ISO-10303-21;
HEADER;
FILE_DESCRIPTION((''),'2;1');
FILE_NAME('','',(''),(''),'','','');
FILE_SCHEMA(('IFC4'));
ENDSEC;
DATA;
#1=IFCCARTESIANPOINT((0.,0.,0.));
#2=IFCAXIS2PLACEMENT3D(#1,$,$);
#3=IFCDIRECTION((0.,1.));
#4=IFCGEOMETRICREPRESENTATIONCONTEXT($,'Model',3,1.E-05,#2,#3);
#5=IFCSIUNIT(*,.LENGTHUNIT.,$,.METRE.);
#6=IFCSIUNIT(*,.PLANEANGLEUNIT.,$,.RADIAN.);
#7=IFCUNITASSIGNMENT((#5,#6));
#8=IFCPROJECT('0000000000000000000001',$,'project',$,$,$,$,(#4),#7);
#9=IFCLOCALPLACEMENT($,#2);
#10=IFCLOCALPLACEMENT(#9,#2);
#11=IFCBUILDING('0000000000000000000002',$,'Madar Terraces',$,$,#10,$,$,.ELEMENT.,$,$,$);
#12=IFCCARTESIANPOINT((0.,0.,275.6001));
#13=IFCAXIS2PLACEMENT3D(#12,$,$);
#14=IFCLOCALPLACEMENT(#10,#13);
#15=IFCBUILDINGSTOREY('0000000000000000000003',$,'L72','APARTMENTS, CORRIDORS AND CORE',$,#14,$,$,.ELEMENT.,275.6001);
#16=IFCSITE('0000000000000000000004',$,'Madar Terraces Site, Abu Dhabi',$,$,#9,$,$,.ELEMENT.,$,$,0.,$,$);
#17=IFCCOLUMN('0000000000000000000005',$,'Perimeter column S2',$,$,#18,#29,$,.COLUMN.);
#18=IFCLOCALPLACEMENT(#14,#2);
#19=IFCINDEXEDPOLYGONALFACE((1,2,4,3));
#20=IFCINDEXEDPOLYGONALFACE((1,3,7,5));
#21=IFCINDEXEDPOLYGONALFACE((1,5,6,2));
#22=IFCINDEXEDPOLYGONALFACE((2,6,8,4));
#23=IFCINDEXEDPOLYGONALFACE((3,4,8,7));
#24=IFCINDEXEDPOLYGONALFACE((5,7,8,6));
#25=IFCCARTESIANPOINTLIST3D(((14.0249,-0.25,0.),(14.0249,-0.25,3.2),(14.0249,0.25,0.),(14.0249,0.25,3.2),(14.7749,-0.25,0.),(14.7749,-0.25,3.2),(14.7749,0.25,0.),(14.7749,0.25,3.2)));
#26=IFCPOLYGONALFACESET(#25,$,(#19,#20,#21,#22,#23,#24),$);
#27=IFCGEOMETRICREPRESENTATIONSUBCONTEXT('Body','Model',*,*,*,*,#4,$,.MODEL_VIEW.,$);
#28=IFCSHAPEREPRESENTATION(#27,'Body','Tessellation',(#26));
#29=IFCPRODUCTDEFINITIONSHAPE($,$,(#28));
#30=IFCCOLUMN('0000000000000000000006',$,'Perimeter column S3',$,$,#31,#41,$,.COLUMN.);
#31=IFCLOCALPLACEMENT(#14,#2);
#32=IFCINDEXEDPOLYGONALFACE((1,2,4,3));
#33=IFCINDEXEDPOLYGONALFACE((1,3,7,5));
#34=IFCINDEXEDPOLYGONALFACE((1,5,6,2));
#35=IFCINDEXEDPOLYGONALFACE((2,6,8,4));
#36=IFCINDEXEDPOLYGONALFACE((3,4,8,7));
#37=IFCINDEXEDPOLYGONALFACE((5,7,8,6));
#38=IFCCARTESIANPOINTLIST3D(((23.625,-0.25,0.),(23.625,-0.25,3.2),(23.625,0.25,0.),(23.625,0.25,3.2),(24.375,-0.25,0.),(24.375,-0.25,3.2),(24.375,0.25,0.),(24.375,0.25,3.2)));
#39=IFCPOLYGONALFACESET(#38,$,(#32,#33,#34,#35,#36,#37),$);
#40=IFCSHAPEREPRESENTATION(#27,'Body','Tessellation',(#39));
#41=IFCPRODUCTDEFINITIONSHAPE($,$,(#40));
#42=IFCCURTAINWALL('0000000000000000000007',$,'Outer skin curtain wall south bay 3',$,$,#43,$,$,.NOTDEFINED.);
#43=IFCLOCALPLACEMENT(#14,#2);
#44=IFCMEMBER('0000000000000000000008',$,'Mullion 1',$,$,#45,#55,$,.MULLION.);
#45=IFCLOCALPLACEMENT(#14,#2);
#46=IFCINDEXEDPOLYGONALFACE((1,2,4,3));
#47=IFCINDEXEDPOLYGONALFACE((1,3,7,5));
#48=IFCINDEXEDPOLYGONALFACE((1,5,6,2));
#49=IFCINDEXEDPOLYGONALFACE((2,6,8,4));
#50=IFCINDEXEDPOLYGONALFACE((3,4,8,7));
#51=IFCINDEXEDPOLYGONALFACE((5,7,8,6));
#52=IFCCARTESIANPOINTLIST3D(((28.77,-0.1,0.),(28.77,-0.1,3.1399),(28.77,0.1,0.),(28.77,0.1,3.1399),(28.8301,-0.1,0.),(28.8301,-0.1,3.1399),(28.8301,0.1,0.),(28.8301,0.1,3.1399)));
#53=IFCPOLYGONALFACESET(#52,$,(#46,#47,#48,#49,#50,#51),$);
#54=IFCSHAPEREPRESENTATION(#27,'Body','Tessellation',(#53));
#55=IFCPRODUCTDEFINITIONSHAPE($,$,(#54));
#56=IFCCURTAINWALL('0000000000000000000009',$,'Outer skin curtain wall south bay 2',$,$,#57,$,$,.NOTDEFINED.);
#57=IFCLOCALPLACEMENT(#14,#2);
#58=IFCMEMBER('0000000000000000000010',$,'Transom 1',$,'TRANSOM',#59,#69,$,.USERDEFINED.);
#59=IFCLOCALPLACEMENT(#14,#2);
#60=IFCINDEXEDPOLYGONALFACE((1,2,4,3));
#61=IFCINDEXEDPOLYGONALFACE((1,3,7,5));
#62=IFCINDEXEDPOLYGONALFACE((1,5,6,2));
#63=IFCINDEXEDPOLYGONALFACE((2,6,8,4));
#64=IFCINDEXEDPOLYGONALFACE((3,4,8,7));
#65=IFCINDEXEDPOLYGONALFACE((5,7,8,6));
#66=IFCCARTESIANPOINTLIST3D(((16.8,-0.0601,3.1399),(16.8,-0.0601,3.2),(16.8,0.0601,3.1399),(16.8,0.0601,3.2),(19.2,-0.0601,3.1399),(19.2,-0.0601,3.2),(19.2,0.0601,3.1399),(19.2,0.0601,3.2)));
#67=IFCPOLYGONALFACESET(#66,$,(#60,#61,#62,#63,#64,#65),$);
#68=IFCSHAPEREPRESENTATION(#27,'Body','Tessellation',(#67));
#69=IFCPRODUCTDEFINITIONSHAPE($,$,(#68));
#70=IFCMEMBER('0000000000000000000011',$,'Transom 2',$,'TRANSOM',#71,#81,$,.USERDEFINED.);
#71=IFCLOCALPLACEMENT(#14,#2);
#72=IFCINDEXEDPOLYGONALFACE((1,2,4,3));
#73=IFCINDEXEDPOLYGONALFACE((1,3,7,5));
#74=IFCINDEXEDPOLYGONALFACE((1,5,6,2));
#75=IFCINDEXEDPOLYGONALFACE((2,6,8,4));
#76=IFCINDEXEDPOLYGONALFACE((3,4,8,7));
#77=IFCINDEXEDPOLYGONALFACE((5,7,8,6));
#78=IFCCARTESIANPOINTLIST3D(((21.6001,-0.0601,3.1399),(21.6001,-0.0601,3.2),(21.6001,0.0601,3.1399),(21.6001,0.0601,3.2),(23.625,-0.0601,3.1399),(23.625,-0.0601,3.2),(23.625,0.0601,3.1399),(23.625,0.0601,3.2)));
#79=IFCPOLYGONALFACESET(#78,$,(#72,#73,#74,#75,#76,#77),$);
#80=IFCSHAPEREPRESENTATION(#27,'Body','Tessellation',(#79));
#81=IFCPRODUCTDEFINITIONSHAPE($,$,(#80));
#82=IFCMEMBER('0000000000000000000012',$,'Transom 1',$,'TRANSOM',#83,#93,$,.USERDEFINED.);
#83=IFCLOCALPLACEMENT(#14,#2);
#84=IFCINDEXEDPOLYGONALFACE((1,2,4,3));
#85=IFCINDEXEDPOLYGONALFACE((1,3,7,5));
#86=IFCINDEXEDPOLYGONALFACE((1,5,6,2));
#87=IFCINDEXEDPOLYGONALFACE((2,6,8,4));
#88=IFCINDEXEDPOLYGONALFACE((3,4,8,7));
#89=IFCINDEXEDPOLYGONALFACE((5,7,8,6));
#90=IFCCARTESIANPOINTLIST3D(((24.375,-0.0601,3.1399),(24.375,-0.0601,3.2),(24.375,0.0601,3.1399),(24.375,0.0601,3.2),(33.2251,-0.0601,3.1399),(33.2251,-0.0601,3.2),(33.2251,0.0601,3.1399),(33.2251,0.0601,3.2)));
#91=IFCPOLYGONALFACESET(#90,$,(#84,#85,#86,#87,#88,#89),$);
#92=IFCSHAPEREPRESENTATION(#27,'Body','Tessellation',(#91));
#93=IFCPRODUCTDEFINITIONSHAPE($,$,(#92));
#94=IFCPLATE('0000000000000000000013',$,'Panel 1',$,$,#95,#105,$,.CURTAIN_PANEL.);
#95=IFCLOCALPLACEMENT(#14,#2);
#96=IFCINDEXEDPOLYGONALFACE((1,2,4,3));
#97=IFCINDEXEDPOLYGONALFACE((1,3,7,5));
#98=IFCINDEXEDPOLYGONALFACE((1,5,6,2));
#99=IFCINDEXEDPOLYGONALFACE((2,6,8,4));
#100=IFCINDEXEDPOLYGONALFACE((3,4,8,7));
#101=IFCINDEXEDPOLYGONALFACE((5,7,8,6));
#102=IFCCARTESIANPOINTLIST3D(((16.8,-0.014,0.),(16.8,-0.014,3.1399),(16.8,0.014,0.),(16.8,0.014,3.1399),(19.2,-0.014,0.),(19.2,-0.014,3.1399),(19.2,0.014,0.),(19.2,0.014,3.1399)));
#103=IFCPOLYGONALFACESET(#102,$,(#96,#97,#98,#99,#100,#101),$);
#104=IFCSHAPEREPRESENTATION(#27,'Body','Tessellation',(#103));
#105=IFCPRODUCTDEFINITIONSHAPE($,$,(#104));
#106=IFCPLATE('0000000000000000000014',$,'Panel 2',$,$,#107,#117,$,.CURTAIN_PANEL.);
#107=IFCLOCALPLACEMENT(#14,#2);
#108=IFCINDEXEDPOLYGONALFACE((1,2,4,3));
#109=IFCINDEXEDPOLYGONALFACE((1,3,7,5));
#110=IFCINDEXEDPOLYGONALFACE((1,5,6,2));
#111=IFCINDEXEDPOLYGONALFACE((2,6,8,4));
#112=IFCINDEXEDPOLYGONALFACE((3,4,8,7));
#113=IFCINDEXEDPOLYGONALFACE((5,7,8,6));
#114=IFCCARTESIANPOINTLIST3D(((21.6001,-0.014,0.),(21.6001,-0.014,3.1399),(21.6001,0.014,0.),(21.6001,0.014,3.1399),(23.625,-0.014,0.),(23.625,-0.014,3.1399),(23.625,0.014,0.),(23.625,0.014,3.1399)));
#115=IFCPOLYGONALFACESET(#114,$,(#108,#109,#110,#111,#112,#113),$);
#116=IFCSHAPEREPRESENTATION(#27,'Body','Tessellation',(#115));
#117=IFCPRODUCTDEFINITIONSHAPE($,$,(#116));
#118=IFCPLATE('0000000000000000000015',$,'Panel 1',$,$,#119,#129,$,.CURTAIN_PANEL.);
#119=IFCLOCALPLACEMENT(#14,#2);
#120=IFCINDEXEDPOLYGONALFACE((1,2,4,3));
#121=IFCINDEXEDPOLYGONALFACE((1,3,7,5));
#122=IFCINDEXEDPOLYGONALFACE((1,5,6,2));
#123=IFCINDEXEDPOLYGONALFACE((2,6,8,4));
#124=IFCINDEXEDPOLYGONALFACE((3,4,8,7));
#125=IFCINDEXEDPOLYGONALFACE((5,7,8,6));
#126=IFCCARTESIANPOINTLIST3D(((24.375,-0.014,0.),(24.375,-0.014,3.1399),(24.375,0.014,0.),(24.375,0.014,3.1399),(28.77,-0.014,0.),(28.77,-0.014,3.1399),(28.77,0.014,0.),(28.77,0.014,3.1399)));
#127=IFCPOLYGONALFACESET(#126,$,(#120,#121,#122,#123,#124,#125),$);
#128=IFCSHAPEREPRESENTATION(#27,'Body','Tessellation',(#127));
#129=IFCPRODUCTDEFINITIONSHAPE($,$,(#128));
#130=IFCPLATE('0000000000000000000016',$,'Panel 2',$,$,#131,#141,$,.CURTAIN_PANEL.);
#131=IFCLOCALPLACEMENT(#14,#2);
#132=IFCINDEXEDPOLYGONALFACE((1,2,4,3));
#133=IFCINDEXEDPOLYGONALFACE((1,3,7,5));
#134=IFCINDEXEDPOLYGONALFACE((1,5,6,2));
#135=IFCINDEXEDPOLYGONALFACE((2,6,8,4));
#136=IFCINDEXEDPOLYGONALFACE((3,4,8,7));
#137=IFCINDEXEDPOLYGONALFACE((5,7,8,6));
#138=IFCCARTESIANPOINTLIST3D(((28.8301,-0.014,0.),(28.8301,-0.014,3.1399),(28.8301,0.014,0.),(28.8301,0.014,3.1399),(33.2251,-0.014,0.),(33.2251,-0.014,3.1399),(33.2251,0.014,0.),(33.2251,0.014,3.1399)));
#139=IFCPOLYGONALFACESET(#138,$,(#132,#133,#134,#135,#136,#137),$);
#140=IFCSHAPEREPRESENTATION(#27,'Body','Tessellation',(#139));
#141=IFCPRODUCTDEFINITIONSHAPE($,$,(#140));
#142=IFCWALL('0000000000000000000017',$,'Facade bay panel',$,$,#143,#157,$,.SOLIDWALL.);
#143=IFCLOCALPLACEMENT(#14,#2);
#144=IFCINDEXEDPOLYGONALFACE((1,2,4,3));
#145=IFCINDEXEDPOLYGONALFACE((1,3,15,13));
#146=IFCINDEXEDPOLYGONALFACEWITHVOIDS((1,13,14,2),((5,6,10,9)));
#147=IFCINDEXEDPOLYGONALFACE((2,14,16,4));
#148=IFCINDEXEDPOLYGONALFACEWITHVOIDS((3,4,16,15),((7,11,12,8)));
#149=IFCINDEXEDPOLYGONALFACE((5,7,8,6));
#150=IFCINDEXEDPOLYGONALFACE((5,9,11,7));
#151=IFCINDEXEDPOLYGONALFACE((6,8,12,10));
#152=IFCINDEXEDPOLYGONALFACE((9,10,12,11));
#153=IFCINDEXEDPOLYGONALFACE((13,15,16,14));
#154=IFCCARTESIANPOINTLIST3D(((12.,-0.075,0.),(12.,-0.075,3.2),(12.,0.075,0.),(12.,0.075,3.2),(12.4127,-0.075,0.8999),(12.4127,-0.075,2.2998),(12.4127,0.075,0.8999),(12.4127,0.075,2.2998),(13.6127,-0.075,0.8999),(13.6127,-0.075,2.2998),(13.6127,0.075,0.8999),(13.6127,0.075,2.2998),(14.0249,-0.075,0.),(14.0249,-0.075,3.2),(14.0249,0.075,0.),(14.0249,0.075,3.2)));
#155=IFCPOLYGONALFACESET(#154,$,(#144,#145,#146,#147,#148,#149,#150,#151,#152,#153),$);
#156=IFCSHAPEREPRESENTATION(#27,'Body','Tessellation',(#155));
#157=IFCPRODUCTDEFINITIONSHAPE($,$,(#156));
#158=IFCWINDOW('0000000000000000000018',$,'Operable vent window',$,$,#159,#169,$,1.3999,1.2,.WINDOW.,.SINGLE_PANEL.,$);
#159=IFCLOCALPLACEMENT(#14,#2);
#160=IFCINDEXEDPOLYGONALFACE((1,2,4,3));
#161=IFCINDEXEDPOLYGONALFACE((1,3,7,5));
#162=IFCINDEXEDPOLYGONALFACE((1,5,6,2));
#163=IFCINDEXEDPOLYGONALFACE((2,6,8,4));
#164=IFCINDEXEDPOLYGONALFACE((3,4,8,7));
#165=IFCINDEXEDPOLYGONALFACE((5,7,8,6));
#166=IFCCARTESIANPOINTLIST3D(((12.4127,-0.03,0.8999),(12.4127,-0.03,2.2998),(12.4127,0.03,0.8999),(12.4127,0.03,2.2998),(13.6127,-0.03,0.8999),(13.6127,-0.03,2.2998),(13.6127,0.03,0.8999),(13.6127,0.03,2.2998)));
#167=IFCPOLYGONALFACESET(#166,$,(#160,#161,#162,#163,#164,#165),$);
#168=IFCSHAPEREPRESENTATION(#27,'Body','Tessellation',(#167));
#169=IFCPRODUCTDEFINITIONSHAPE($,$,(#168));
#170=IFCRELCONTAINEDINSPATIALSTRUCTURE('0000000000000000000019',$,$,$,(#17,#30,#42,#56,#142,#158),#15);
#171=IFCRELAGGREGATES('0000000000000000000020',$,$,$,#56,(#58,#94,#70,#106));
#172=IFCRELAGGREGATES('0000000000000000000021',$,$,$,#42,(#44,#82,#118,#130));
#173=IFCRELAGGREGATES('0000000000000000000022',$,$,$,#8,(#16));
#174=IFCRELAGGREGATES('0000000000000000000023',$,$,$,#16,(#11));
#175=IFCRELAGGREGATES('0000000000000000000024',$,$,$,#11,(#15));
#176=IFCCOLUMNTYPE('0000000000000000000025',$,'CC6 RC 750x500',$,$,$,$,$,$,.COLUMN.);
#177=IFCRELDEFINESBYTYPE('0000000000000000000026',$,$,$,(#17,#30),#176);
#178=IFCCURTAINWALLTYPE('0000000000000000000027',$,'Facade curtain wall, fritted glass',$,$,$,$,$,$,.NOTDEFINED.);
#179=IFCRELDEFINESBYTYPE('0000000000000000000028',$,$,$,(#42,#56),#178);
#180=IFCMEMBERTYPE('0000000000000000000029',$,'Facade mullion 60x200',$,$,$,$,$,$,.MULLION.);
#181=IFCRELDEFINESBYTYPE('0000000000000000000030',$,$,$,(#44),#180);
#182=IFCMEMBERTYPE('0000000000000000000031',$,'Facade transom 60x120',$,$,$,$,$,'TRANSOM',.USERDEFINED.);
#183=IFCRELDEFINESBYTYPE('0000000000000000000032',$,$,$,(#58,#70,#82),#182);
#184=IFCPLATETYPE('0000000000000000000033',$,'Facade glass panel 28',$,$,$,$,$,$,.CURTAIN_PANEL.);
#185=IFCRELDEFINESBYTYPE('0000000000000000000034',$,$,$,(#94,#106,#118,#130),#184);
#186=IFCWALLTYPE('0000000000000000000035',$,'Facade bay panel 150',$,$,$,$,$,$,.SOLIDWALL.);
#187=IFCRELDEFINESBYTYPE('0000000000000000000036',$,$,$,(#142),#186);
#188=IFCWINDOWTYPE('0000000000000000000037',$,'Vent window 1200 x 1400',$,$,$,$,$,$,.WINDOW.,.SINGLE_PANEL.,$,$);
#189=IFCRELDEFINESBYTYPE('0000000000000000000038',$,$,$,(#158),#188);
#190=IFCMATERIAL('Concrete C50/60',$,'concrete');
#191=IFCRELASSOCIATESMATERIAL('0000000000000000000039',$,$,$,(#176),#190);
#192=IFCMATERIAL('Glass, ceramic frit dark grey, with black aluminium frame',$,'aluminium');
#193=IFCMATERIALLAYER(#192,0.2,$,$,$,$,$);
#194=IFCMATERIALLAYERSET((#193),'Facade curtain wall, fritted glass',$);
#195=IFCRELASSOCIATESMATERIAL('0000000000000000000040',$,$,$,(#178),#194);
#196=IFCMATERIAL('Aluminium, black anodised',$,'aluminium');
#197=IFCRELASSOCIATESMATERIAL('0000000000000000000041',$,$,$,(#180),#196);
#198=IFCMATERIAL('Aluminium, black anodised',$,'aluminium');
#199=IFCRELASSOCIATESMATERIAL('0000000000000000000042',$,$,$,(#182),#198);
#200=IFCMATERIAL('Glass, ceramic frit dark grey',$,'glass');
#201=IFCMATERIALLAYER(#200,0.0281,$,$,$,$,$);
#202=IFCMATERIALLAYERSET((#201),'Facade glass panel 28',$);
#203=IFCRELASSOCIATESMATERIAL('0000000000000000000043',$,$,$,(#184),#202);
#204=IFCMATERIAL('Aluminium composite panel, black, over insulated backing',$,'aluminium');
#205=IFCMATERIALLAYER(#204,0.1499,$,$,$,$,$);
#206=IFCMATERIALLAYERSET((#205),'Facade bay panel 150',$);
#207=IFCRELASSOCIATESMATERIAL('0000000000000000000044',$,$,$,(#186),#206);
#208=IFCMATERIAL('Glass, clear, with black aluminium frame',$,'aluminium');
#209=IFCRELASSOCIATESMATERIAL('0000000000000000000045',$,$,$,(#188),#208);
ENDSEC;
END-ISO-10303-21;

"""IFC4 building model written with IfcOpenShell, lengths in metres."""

from ifc_helpers import new_model, si_unit, direction, frame, frame_2d, origin, origin_2d, place, context, subcontext, project, spatial, rectangle, extrude, material, layer, layer_set, material_profile, profile_set, type_object, element, fill, aggregate, save


model = new_model("IFC4")

# Units and contexts
model_context = context("Model", 3, precision=1e-05, world=origin(), true_north=direction((0.0, 1.0)))
body_context = subcontext(model_context, "Body", "Model", "MODEL_VIEW")
ifc_project = project(units=[si_unit("LENGTHUNIT", "METRE"), si_unit("PLANEANGLEUNIT", "RADIAN")], contexts=[model_context])

# Site, building, storey
site_placement = place(None, origin())
site = spatial("IfcSite", under=ifc_project, at=site_placement, Name="Madar Terraces Site, Abu Dhabi", CompositionType="ELEMENT", RefElevation=0.0)
building_placement = place(site_placement, origin())
building = spatial("IfcBuilding", under=site, at=building_placement, Name="Madar Terraces", CompositionType="ELEMENT")
storey_placement = place(building_placement, frame((0.0, 0.0, 275.6001)))
storey = spatial("IfcBuildingStorey", under=building, at=storey_placement, Name="L72", Description="APARTMENTS, CORRIDORS AND CORE", CompositionType="ELEMENT", Elevation=275.6001)

# Columns
ifc_material_1 = material(Name="Concrete C50/60", Category="concrete")
ifc_material_profile_1 = material_profile(ifc_material_1, rectangle(XDim=0.75, YDim=0.5, at=origin_2d()), Name="CC6 RC 750x500")
ifc_profile_set_1 = profile_set([ifc_material_profile_1], Name="Concrete C50/60")
column_type = type_object("IfcColumnType", Name="CC6 RC 750x500", PredefinedType="COLUMN", material=ifc_profile_set_1)
for number, where, z_axis, x_axis, name in (
    (1, (14.3999, 0.0, 0.0), (0.0, 0.0, 1.0), (1.0, 0.0, 0.0), "Perimeter column S2"),
    (2, (24.0, 0.0, 0.0), (0.0, 0.0, 1.0), (1.0, 0.0, 0.0), "Perimeter column S3"),
):
    element("IfcColumn", number, at=place(storey_placement, frame(where, z_axis=z_axis, x_axis=x_axis)), inside=storey, type_object=column_type, Name=name, PredefinedType="COLUMN", context=body_context, shape_type="SweptSolid", body=[
        extrude(rectangle(XDim=0.75, YDim=0.5, at=origin_2d()), origin(), (0.0, 0.0, 1.0), 3.2),
    ])

# Curtain wall, member
ifc_material_2 = material(Name="Glass, ceramic frit dark grey, with black aluminium frame", Category="aluminium")
ifc_layer_1 = layer(ifc_material_2, 0.2)
ifc_layer_set_1 = layer_set([ifc_layer_1], Name="Facade curtain wall, fritted glass")
curtain_wall_type = type_object("IfcCurtainWallType", Name="Facade curtain wall, fritted glass", PredefinedType="NOTDEFINED", material=ifc_layer_set_1)
curtain_wall_1_placement = place(storey_placement, origin())
curtain_wall_1 = element("IfcCurtainWall", 3, at=curtain_wall_1_placement, inside=storey, type_object=curtain_wall_type, Name="Outer skin curtain wall south bay 3", PredefinedType="NOTDEFINED")
ifc_material_3 = material(Name="Aluminium, black anodised", Category="aluminium")
ifc_material_profile_2 = material_profile(ifc_material_3, rectangle(XDim=0.2, YDim=0.0601, at=origin_2d()), Name="Facade mullion 60x200")
ifc_profile_set_2 = profile_set([ifc_material_profile_2], Name="Aluminium, black anodised")
member_type_1 = type_object("IfcMemberType", Name="Facade mullion 60x200", PredefinedType="MULLION", material=ifc_profile_set_2)
member_1_placement = place(storey_placement, frame((28.8, 0.0, 0.0), z_axis=(0.0, 0.0, 1.0), x_axis=(0.0, 1.0, 0.0)))
member_1 = element("IfcMember", 4, at=member_1_placement, type_object=member_type_1, Name="Mullion 1", PredefinedType="MULLION", context=body_context, shape_type="SweptSolid", body=[
    extrude(rectangle(XDim=0.2, YDim=0.0601, at=origin_2d()), origin(), (0.0, 0.0, 1.0), 3.1399),
])

# Curtain wall, members
curtain_wall_2_placement = place(storey_placement, origin())
curtain_wall_2 = element("IfcCurtainWall", 5, at=curtain_wall_2_placement, inside=storey, type_object=curtain_wall_type, Name="Outer skin curtain wall south bay 2", PredefinedType="NOTDEFINED")
ifc_material_4 = material(Name="Aluminium, black anodised", Category="aluminium")
ifc_material_profile_3 = material_profile(ifc_material_4, rectangle(XDim=0.1201, YDim=0.0601, at=origin_2d()), Name="Facade transom 60x120")
ifc_profile_set_3 = profile_set([ifc_material_profile_3], Name="Aluminium, black anodised")
member_type_2 = type_object("IfcMemberType", Name="Facade transom 60x120", ElementType="TRANSOM", PredefinedType="USERDEFINED", material=ifc_profile_set_3)
member_2_placement = place(storey_placement, frame((16.8, 0.0, 3.1699), z_axis=(1.0, 0.0, 0.0), x_axis=(0.0, 1.0, 0.0)))
member_2 = element("IfcMember", 6, at=member_2_placement, type_object=member_type_2, Name="Transom 1", ObjectType="TRANSOM", PredefinedType="USERDEFINED", context=body_context, shape_type="SweptSolid", body=[
    extrude(rectangle(XDim=0.1201, YDim=0.0601, at=origin_2d()), origin(), (0.0, 0.0, 1.0), 2.3999),
])
member_3_placement = place(storey_placement, frame((21.6001, 0.0, 3.1699), z_axis=(1.0, 0.0, 0.0), x_axis=(0.0, 1.0, 0.0)))
member_3 = element("IfcMember", 7, at=member_3_placement, type_object=member_type_2, Name="Transom 2", ObjectType="TRANSOM", PredefinedType="USERDEFINED", context=body_context, shape_type="SweptSolid", body=[
    extrude(rectangle(XDim=0.1201, YDim=0.0601, at=origin_2d()), origin(), (0.0, 0.0, 1.0), 2.0249),
])

# Member
member_4_placement = place(storey_placement, frame((24.375, 0.0, 3.1699), z_axis=(1.0, 0.0, 0.0), x_axis=(0.0, 1.0, 0.0)))
member_4 = element("IfcMember", 8, at=member_4_placement, type_object=member_type_2, Name="Transom 1", ObjectType="TRANSOM", PredefinedType="USERDEFINED", context=body_context, shape_type="SweptSolid", body=[
    extrude(rectangle(XDim=0.1201, YDim=0.0601, at=origin_2d()), origin(), (0.0, 0.0, 1.0), 8.8501),
])

# Plates
ifc_material_5 = material(Name="Glass, ceramic frit dark grey", Category="glass")
ifc_layer_2 = layer(ifc_material_5, 0.0281)
ifc_layer_set_2 = layer_set([ifc_layer_2], Name="Facade glass panel 28")
plate_type = type_object("IfcPlateType", Name="Facade glass panel 28", PredefinedType="CURTAIN_PANEL", material=ifc_layer_set_2)
plate_1_placement = place(storey_placement, frame((18.0, 0.0, 0.0), z_axis=(0.0, 0.0, 1.0), x_axis=(1.0, 0.0, 0.0)))
plate_1 = element("IfcPlate", 9, at=plate_1_placement, type_object=plate_type, Name="Panel 1", PredefinedType="CURTAIN_PANEL", context=body_context, shape_type="SweptSolid", body=[
    extrude(rectangle(XDim=2.3999, YDim=0.0281, at=origin_2d()), origin(), (0.0, 0.0, 1.0), 3.1399),
])
plate_2_placement = place(storey_placement, frame((22.6125, 0.0, 0.0), z_axis=(0.0, 0.0, 1.0), x_axis=(1.0, 0.0, 0.0)))
plate_2 = element("IfcPlate", 10, at=plate_2_placement, type_object=plate_type, Name="Panel 2", PredefinedType="CURTAIN_PANEL", context=body_context, shape_type="SweptSolid", body=[
    extrude(rectangle(XDim=2.0249, YDim=0.0281, at=origin_2d()), origin(), (0.0, 0.0, 1.0), 3.1399),
])
aggregate(curtain_wall_2, [member_2, plate_1, member_3, plate_2])
plate_3_placement = place(storey_placement, frame((26.5725, 0.0, 0.0), z_axis=(0.0, 0.0, 1.0), x_axis=(1.0, 0.0, 0.0)))
plate_3 = element("IfcPlate", 11, at=plate_3_placement, type_object=plate_type, Name="Panel 1", PredefinedType="CURTAIN_PANEL", context=body_context, shape_type="SweptSolid", body=[
    extrude(rectangle(XDim=4.395, YDim=0.0281, at=origin_2d()), origin(), (0.0, 0.0, 1.0), 3.1399),
])
plate_4_placement = place(storey_placement, frame((31.0276, 0.0, 0.0), z_axis=(0.0, 0.0, 1.0), x_axis=(1.0, 0.0, 0.0)))
plate_4 = element("IfcPlate", 12, at=plate_4_placement, type_object=plate_type, Name="Panel 2", PredefinedType="CURTAIN_PANEL", context=body_context, shape_type="SweptSolid", body=[
    extrude(rectangle(XDim=4.395, YDim=0.0281, at=origin_2d()), origin(), (0.0, 0.0, 1.0), 3.1399),
])
aggregate(curtain_wall_1, [member_1, member_4, plate_3, plate_4])

# Wall, opening, window
ifc_material_6 = material(Name="Aluminium composite panel, black, over insulated backing", Category="aluminium")
ifc_layer_3 = layer(ifc_material_6, 0.1499)
ifc_layer_set_3 = layer_set([ifc_layer_3], Name="Facade bay panel 150")
wall_type_1 = type_object("IfcWallType", Name="Facade bay panel 150", PredefinedType="SOLIDWALL", material=ifc_layer_set_3)
wall_1_placement = place(storey_placement, frame((12.0, 0.0, 0.0), z_axis=(0.0, 0.0, 1.0), x_axis=(1.0, 0.0, 0.0)))
wall_1 = element("IfcWall", 13, at=wall_1_placement, inside=storey, type_object=wall_type_1, Name="Facade bay panel", PredefinedType="SOLIDWALL", context=body_context, shape_type="SweptSolid", body=[
    extrude(rectangle(XDim=2.0249, YDim=0.1499, at=frame_2d((1.0125, 0.0))), origin(), (0.0, 0.0, 1.0), 3.2),
])
opening_1_placement = place(wall_1_placement, frame((0.4126, 0.0, 0.8999)))
opening_1 = element("IfcOpeningElement", 14, at=opening_1_placement, cuts=wall_1, PredefinedType="OPENING", context=body_context, shape_type="SweptSolid", body=[
    extrude(rectangle(XDim=1.2, YDim=1.3999, at=frame_2d((0.6001, 0.7))), frame((0.0, 0.085, 0.0), z_axis=(0.0, -1.0, 0.0), x_axis=(1.0, 0.0, 0.0)), (0.0, 0.0, 1.0), 0.1699),
])
ifc_material_7 = material(Name="Glass, clear, with black aluminium frame", Category="aluminium")
window_type = type_object("IfcWindowType", Name="Vent window 1200 x 1400", PartitioningType="SINGLE_PANEL", PredefinedType="WINDOW", material=ifc_material_7)
window_1_placement = place(opening_1_placement, origin())
window_1 = element("IfcWindow", 15, at=window_1_placement, inside=storey, type_object=window_type, Name="Operable vent window", OverallHeight=1.3999, OverallWidth=1.2, PartitioningType="SINGLE_PANEL", PredefinedType="WINDOW", context=body_context, shape_type="SweptSolid", body=[
    extrude(rectangle(XDim=1.2, YDim=1.3999, at=frame_2d((0.6001, 0.7))), frame((0.0, 0.03, 0.0), z_axis=(0.0, -1.0, 0.0), x_axis=(1.0, 0.0, 0.0)), (0.0, 0.0, 1.0), 0.0601),
])
fill(opening_1, window_1)

save(model, "model.ifc")
